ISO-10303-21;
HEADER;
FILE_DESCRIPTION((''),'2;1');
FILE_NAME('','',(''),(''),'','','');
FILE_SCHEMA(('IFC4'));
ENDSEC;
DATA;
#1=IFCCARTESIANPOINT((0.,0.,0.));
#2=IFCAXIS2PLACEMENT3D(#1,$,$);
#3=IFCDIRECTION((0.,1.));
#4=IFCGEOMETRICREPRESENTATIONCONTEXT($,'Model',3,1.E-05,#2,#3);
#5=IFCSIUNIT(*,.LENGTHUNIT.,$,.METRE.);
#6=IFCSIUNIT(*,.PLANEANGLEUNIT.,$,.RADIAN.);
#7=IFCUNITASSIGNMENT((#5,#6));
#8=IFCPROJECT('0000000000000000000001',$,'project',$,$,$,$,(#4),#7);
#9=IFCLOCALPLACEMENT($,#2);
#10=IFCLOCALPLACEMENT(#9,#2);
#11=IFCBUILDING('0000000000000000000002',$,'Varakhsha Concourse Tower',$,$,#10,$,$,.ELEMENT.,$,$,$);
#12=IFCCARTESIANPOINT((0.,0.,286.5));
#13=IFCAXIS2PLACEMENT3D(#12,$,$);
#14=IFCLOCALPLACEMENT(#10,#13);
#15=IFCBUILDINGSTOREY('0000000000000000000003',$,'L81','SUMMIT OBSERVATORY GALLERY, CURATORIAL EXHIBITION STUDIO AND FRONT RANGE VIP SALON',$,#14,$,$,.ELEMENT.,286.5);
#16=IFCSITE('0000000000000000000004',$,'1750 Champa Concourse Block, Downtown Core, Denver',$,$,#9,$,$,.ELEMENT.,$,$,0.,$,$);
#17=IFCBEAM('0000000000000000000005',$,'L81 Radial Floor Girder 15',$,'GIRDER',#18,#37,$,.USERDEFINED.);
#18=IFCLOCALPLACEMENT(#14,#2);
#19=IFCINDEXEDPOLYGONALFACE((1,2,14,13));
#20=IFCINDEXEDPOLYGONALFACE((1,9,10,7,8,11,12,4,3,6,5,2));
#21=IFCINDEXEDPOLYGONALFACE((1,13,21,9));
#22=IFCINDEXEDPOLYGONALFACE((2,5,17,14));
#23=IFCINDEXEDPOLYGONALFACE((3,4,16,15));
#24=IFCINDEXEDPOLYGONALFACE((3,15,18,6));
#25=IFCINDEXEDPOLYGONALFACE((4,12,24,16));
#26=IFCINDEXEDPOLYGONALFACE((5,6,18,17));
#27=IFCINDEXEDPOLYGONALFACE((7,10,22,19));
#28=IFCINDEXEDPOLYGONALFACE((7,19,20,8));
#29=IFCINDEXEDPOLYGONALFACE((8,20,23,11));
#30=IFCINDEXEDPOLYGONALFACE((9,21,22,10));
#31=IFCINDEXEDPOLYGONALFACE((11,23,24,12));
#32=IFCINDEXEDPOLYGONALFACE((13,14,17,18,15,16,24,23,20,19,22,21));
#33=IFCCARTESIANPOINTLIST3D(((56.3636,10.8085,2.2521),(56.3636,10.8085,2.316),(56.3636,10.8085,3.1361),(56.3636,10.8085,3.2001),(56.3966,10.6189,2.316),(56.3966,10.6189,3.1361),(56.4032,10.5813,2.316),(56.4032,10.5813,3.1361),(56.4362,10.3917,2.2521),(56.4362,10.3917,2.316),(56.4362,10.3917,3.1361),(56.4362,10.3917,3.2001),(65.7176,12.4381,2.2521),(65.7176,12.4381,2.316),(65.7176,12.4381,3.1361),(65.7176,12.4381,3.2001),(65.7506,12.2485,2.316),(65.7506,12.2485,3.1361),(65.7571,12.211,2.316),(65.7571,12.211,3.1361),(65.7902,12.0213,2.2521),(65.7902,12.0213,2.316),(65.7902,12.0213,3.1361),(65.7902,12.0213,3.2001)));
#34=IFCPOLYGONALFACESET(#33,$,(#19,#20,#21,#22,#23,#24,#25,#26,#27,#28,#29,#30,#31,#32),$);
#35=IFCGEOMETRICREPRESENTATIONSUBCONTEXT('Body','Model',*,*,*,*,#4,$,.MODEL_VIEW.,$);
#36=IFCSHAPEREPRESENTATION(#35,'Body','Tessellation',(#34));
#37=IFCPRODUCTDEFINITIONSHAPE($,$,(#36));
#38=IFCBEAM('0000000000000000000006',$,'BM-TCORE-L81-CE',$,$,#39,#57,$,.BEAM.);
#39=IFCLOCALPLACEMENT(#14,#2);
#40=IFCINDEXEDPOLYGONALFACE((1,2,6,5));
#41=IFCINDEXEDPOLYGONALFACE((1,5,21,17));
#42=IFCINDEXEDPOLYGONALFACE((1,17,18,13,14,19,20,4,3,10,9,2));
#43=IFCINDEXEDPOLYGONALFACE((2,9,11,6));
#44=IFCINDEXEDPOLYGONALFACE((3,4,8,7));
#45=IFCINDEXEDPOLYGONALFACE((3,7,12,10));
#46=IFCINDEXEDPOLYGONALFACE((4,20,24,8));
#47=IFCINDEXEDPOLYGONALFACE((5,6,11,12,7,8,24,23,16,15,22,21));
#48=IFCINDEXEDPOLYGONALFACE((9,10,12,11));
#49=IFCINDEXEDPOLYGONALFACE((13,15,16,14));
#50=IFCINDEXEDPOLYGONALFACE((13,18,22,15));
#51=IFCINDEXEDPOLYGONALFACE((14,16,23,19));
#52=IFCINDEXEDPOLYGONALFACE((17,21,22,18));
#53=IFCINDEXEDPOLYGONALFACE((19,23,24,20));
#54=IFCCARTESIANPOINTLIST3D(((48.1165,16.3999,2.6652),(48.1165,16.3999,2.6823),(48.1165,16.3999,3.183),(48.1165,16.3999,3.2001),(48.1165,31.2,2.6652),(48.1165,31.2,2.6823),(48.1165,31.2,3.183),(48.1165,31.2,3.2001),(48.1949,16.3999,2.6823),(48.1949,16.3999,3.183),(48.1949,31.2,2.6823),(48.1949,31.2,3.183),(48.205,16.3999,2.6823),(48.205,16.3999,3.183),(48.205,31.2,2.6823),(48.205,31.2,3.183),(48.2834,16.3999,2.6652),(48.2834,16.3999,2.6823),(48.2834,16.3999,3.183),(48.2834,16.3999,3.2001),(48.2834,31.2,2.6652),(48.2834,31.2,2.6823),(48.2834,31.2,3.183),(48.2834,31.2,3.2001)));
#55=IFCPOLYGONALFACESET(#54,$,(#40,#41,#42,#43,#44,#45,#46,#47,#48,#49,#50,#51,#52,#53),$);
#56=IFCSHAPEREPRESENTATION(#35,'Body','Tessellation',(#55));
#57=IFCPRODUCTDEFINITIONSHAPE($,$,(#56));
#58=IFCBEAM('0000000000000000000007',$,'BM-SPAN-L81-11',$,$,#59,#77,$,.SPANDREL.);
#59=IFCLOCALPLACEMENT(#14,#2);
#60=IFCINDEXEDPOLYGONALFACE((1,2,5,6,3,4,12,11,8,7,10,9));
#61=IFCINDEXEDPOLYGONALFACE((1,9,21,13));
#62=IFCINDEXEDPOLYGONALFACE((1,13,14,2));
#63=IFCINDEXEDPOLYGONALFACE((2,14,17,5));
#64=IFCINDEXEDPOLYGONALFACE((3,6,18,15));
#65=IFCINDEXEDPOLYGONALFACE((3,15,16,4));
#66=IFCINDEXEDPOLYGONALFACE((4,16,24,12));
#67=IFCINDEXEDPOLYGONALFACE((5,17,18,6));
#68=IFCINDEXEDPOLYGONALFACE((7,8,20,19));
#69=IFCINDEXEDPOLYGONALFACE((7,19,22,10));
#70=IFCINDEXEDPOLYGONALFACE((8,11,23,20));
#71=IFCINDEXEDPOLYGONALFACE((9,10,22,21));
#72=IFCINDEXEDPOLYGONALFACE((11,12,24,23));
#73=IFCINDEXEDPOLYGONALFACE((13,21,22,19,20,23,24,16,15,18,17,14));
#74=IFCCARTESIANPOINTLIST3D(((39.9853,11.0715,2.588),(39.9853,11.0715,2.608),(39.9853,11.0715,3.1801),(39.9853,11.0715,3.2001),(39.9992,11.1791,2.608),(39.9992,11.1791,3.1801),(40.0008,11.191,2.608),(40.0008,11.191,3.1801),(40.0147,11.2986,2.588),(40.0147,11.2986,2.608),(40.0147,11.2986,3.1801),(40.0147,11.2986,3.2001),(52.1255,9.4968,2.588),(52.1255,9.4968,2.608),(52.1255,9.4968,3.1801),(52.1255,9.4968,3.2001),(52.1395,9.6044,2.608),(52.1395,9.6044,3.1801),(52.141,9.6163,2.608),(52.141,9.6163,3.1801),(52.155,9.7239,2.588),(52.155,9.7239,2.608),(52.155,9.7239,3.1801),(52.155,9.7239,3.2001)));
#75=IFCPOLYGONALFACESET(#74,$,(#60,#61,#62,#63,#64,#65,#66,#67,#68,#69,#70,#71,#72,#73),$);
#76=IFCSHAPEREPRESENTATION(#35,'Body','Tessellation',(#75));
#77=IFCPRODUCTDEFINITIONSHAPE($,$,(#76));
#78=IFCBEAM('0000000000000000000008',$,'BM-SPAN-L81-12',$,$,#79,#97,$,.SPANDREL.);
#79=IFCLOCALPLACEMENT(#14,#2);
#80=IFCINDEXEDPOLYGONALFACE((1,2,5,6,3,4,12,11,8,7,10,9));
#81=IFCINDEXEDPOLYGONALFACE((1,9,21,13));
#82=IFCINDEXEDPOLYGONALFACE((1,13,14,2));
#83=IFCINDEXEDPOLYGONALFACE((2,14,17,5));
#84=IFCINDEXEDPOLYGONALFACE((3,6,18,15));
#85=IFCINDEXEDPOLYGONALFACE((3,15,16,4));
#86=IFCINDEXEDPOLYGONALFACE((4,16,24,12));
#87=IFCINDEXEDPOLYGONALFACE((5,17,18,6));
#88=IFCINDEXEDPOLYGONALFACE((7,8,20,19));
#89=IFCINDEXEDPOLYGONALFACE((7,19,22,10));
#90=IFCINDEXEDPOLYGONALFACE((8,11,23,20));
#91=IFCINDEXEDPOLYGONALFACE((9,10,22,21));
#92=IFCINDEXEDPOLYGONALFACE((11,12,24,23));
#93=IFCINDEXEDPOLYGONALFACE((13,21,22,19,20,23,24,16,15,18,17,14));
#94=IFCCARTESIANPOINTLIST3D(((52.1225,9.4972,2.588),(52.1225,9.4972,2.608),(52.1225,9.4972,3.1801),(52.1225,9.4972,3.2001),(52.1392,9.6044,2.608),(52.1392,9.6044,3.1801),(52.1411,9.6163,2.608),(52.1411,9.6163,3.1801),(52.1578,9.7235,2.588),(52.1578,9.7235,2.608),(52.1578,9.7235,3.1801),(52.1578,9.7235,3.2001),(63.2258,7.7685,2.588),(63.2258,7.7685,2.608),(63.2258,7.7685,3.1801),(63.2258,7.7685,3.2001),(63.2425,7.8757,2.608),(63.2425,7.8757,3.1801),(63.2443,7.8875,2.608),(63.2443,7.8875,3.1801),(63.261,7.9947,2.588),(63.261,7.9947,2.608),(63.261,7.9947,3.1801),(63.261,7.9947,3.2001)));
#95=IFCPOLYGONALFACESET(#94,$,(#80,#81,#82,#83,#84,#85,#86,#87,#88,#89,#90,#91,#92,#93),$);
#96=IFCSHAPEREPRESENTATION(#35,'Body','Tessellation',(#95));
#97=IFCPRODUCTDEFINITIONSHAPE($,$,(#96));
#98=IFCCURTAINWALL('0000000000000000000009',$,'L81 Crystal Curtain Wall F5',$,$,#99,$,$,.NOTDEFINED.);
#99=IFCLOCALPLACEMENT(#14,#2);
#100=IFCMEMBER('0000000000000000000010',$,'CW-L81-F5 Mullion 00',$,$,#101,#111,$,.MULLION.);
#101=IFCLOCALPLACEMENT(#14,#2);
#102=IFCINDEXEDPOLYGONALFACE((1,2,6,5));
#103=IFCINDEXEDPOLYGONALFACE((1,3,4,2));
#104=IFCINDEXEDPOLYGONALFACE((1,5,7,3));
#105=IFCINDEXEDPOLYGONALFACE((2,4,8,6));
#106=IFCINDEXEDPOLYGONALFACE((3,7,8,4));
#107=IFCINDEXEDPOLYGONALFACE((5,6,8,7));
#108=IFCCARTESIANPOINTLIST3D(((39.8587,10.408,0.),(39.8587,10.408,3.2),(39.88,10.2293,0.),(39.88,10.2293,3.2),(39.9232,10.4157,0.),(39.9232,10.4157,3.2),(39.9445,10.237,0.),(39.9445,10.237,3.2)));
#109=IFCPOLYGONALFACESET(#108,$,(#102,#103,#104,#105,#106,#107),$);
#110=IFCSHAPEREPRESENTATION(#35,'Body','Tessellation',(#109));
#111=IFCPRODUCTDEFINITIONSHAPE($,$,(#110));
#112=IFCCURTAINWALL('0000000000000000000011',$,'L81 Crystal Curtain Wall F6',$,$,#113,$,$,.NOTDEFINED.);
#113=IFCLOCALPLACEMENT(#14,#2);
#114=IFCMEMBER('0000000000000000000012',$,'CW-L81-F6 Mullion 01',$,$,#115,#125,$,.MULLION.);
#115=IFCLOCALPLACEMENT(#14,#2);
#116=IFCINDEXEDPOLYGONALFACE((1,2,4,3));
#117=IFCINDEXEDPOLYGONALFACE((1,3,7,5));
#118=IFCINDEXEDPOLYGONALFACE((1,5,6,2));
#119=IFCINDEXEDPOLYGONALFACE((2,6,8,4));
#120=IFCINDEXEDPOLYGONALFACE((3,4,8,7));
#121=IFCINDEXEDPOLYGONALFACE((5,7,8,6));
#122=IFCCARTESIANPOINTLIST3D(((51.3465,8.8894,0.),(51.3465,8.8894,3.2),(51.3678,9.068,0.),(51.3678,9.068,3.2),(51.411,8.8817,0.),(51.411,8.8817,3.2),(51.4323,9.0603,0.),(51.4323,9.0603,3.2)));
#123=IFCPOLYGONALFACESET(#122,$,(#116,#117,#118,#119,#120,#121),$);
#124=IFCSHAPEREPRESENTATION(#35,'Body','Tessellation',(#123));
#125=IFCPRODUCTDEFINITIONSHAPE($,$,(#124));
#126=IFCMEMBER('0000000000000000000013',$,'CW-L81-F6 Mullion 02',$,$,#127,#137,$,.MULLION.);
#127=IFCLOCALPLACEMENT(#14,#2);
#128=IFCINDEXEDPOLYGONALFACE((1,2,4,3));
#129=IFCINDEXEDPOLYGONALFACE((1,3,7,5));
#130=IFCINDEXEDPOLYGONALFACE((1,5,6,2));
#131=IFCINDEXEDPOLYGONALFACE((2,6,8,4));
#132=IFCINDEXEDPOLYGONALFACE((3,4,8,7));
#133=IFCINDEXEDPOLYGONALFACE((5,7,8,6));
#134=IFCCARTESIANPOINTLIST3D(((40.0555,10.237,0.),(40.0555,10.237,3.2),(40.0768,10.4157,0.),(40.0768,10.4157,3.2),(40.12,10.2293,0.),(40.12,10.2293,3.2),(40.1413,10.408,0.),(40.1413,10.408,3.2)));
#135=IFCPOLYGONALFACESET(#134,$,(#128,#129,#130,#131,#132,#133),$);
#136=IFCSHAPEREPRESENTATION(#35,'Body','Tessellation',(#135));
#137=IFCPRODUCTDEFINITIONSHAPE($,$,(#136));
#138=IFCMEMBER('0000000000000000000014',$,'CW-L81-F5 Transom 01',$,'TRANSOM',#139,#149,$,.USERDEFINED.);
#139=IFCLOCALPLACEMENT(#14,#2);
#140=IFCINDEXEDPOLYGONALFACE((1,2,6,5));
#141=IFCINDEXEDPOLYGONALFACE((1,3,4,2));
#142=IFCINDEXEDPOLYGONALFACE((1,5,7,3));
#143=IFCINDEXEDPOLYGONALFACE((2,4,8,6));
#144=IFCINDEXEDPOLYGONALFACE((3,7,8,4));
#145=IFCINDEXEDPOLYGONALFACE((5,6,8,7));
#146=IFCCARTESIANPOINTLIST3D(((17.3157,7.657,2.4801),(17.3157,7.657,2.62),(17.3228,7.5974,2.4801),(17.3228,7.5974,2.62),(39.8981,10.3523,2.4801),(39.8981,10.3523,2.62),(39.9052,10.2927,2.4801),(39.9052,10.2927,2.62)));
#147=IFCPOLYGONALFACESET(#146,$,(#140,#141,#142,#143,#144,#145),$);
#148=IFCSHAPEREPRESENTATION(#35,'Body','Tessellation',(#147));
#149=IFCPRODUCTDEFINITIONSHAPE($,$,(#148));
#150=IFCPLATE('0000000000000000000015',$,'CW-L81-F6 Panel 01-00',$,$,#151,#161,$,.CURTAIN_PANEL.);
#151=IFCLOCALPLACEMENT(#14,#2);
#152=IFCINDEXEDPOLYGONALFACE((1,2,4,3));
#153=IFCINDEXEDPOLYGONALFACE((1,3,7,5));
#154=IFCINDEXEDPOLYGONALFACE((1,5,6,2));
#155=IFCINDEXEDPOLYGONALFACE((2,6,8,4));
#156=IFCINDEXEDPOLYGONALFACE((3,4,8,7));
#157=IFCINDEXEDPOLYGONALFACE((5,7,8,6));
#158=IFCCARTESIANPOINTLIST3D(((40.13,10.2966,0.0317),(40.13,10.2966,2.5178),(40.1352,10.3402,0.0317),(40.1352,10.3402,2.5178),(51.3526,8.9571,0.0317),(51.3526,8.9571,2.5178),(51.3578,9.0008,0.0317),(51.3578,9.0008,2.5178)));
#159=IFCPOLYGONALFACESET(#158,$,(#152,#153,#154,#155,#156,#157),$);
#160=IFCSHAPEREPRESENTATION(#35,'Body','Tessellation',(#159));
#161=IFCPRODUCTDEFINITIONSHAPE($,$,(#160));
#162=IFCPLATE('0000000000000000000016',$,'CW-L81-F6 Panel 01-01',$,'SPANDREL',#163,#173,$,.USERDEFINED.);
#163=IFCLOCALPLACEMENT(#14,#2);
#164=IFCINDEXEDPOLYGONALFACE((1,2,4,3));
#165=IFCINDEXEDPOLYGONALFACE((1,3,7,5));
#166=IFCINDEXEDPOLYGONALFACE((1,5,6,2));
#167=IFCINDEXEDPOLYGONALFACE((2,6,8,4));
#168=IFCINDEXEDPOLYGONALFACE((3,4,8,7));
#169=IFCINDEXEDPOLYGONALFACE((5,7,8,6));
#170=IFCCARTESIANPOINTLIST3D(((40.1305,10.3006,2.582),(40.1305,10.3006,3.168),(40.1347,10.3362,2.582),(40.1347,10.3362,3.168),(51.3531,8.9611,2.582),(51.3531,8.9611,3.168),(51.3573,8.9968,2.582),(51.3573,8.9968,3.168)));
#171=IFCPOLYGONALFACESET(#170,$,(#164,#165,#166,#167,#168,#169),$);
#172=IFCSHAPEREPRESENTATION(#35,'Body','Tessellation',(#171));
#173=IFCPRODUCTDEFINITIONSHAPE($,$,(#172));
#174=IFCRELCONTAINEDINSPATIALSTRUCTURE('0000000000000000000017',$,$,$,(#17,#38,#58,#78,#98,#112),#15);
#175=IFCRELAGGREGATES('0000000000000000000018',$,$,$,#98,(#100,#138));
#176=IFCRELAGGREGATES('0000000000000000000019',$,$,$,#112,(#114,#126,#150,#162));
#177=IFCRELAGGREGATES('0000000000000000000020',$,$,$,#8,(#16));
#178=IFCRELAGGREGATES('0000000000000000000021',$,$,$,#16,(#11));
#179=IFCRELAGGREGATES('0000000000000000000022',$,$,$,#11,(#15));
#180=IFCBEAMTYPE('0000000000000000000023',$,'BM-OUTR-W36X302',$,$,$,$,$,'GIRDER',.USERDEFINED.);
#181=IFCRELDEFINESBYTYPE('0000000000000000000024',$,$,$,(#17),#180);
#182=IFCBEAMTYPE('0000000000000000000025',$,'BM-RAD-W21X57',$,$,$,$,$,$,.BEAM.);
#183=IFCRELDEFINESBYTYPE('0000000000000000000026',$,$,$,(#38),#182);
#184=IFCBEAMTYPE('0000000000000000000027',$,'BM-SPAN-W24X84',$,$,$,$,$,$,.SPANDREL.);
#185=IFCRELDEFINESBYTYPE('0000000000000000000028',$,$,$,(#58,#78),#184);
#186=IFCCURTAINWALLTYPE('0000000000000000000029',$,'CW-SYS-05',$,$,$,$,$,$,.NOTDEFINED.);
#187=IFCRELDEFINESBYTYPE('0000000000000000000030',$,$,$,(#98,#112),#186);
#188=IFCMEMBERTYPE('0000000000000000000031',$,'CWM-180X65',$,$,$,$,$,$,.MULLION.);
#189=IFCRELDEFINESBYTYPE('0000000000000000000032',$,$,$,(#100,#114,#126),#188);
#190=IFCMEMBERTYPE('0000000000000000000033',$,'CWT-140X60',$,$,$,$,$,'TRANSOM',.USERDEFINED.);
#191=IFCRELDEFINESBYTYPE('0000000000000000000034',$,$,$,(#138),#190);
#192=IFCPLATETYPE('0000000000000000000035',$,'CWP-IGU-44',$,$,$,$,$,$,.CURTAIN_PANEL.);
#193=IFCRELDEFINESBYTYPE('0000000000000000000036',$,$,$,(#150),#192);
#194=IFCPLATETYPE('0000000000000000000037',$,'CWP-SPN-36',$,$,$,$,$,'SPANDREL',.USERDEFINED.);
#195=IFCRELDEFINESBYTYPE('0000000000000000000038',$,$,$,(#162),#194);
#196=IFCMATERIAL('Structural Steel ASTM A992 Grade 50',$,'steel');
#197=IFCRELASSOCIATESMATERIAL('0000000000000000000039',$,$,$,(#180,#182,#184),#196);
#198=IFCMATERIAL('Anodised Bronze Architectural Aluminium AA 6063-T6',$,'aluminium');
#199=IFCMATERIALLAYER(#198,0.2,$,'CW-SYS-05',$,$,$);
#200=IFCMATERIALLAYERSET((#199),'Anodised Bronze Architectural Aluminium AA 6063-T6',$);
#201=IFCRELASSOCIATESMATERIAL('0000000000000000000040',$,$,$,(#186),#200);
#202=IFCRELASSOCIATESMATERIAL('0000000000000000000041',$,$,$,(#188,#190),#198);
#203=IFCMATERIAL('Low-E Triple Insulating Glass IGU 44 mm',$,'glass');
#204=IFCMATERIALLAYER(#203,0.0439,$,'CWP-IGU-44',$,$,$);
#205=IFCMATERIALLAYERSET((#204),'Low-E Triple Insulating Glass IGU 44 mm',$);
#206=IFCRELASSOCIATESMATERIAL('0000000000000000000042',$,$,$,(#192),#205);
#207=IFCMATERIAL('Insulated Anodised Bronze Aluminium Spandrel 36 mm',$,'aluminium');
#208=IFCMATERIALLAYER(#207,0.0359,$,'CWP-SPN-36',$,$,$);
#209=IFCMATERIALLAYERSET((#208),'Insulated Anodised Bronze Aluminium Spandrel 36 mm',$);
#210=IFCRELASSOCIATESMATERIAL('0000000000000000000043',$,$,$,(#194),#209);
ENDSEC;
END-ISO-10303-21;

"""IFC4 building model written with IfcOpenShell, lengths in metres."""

from ifc_helpers import new_model, si_unit, direction, frame, origin, origin_2d, place, context, subcontext, project, spatial, rectangle, i_section, extrude, source, transform, mapped, material, layer, layer_set, material_profile, profile_set, type_object, type_shapes, element, aggregate, save


model = new_model("IFC4")

# Units and contexts
model_context = context("Model", 3, precision=1e-05, world=origin(), true_north=direction((0.0, 1.0)))
body_context = subcontext(model_context, "Body", "Model", "MODEL_VIEW")
ifc_project = project(units=[si_unit("LENGTHUNIT", "METRE"), si_unit("PLANEANGLEUNIT", "RADIAN")], contexts=[model_context])

# Site, building, storey
site_placement = place(None, origin())
site = spatial("IfcSite", under=ifc_project, at=site_placement, Name="1750 Champa Concourse Block, Downtown Core, Denver", CompositionType="ELEMENT", RefElevation=0.0)
building_placement = place(site_placement, origin())
building = spatial("IfcBuilding", under=site, at=building_placement, Name="Varakhsha Concourse Tower", CompositionType="ELEMENT")
storey_placement = place(building_placement, frame((0.0, 0.0, 286.5)))
storey = spatial("IfcBuildingStorey", under=building, at=storey_placement, Name="L81", Description="SUMMIT OBSERVATORY GALLERY, CURATORIAL EXHIBITION STUDIO AND FRONT RANGE VIP SALON", CompositionType="ELEMENT", Elevation=286.5)

# Shared definitions
ifc_material_1 = material(Name="Structural Steel ASTM A992 Grade 50", Category="steel")

# Beams
ifc_material_profile_1 = material_profile(ifc_material_1, i_section(OverallWidth=0.4231, OverallDepth=0.948, WebThickness=0.0381, FlangeThickness=0.064, at=origin_2d()), Name="W36X302")
ifc_profile_set_1 = profile_set([ifc_material_profile_1], Name="Structural Steel ASTM A992 Grade 50")
beam_type_1 = type_object("IfcBeamType", Name="BM-OUTR-W36X302", ElementType="GIRDER", PredefinedType="USERDEFINED", material=ifc_profile_set_1)
beam_1_placement = place(storey_placement, frame((56.3999, 10.6001, 2.7261), z_axis=(0.985161, 0.171633, 0.0), x_axis=(-0.171633, 0.985161, 0.0)))
element("IfcBeam", 1, at=beam_1_placement, inside=storey, type_object=beam_type_1, Name="L81 Radial Floor Girder 15", ObjectType="GIRDER", PredefinedType="USERDEFINED", context=body_context, shape_type="SweptSolid", body=[
    extrude(i_section(OverallWidth=0.4231, OverallDepth=0.948, WebThickness=0.0381, FlangeThickness=0.064, at=origin_2d()), origin(), (0.0, 0.0, 1.0), 9.4949),
])
ifc_material_profile_2 = material_profile(ifc_material_1, i_section(OverallWidth=0.167, OverallDepth=0.5349, WebThickness=0.01, FlangeThickness=0.0171, at=origin_2d()), Name="W21X57")
ifc_profile_set_2 = profile_set([ifc_material_profile_2], Name="Structural Steel ASTM A992 Grade 50")
beam_type_2 = type_object("IfcBeamType", Name="BM-RAD-W21X57", PredefinedType="BEAM", material=ifc_profile_set_2)
beam_2_placement = place(storey_placement, frame((48.2, 16.3999, 2.9326), z_axis=(0.0, 1.0, 0.0), x_axis=(-1.0, 0.0, 0.0)))
element("IfcBeam", 2, at=beam_2_placement, inside=storey, type_object=beam_type_2, Name="BM-TCORE-L81-CE", PredefinedType="BEAM", context=body_context, shape_type="SweptSolid", body=[
    extrude(i_section(OverallWidth=0.167, OverallDepth=0.5349, WebThickness=0.01, FlangeThickness=0.0171, at=origin_2d()), origin(), (0.0, 0.0, 1.0), 14.8),
])
ifc_material_profile_3 = material_profile(ifc_material_1, i_section(OverallWidth=0.229, OverallDepth=0.6121, WebThickness=0.012, FlangeThickness=0.02, at=origin_2d()), Name="W24X84")
ifc_profile_set_3 = profile_set([ifc_material_profile_3], Name="Structural Steel ASTM A992 Grade 50")
beam_type_3 = type_object("IfcBeamType", Name="BM-SPAN-W24X84", PredefinedType="SPANDREL", material=ifc_profile_set_3)
beam_3_placement = place(storey_placement, frame((40.0, 11.1851, 2.894), z_axis=(0.991692, -0.128633, 0.0), x_axis=(0.128633, 0.991692, 0.0)))
element("IfcBeam", 3, at=beam_3_placement, inside=storey, type_object=beam_type_3, Name="BM-SPAN-L81-11", PredefinedType="SPANDREL", context=body_context, shape_type="SweptSolid", body=[
    extrude(i_section(OverallWidth=0.229, OverallDepth=0.6121, WebThickness=0.012, FlangeThickness=0.02, at=origin_2d()), origin(), (0.0, 0.0, 1.0), 12.2419),
])
beam_4_placement = place(storey_placement, frame((52.1401, 9.6104, 2.894), z_axis=(0.988095, -0.153845, 0.0), x_axis=(0.153845, 0.988095, 0.0)))
element("IfcBeam", 4, at=beam_4_placement, inside=storey, type_object=beam_type_3, Name="BM-SPAN-L81-12", PredefinedType="SPANDREL", context=body_context, shape_type="SweptSolid", body=[
    extrude(i_section(OverallWidth=0.229, OverallDepth=0.6121, WebThickness=0.012, FlangeThickness=0.02, at=origin_2d()), origin(), (0.0, 0.0, 1.0), 11.2371),
])

# Curtain wall, member
ifc_material_2 = material(Name="Anodised Bronze Architectural Aluminium AA 6063-T6", Category="aluminium")
ifc_layer_1 = layer(ifc_material_2, 0.2, Name="CW-SYS-05")
ifc_layer_set_1 = layer_set([ifc_layer_1], Name="Anodised Bronze Architectural Aluminium AA 6063-T6")
curtain_wall_type = type_object("IfcCurtainWallType", Name="CW-SYS-05", PredefinedType="NOTDEFINED", material=ifc_layer_set_1)
curtain_wall_1_placement = place(storey_placement, origin())
curtain_wall_1 = element("IfcCurtainWall", 5, at=curtain_wall_1_placement, inside=storey, type_object=curtain_wall_type, Name="L81 Crystal Curtain Wall F5", PredefinedType="NOTDEFINED")
ifc_material_profile_4 = material_profile(ifc_material_2, rectangle(XDim=0.0649, YDim=0.1799, at=origin_2d()), Name="CWM-180X65")
ifc_profile_set_4 = profile_set([ifc_material_profile_4], Name="Anodised Bronze Architectural Aluminium AA 6063-T6")
member_type_1 = type_object("IfcMemberType", Name="CWM-180X65", PredefinedType="MULLION", material=ifc_profile_set_4)
shared_shape_1 = source(origin(), body_context, "Body", "SweptSolid", [
    extrude(rectangle(XDim=0.0649, YDim=0.1799, at=origin_2d()), origin(), (0.0, 0.0, 1.0), 3.2),
])
type_shapes(member_type_1, [shared_shape_1])
member_1_placement = place(storey_placement, frame((39.9016, 10.3225, 0.0), z_axis=(0.0, 0.0, 1.0), x_axis=(-0.992952, -0.118513, 0.0)))
member_1 = element("IfcMember", 6, at=member_1_placement, type_object=member_type_1, Name="CW-L81-F5 Mullion 00", PredefinedType="MULLION", context=body_context, shape_type="MappedRepresentation", body=[
    mapped(shared_shape_1, transform((0.0, 0.0, 0.0), scale=1.0)),
])

# Curtain wall, members
curtain_wall_2_placement = place(storey_placement, origin())
curtain_wall_2 = element("IfcCurtainWall", 7, at=curtain_wall_2_placement, inside=storey, type_object=curtain_wall_type, Name="L81 Crystal Curtain Wall F6", PredefinedType="NOTDEFINED")
member_2_placement = place(storey_placement, frame((51.3894, 8.9749, 0.0), z_axis=(0.0, 0.0, 1.0), x_axis=(-0.992952, 0.118513, 0.0)))
member_2 = element("IfcMember", 8, at=member_2_placement, type_object=member_type_1, Name="CW-L81-F6 Mullion 01", PredefinedType="MULLION", context=body_context, shape_type="MappedRepresentation", body=[
    mapped(shared_shape_1, transform((0.0, 0.0, 0.0), scale=1.0)),
])
member_3_placement = place(storey_placement, frame((40.0984, 10.3225, 0.0), z_axis=(0.0, 0.0, 1.0), x_axis=(-0.992952, 0.118513, 0.0)))
member_3 = element("IfcMember", 9, at=member_3_placement, type_object=member_type_1, Name="CW-L81-F6 Mullion 02", PredefinedType="MULLION", context=body_context, shape_type="MappedRepresentation", body=[
    mapped(shared_shape_1, transform((0.0, 0.0, 0.0), scale=1.0)),
])

# Member
ifc_material_profile_5 = material_profile(ifc_material_2, rectangle(XDim=0.0601, YDim=0.1399, at=origin_2d()), Name="CWT-140X60")
ifc_profile_set_5 = profile_set([ifc_material_profile_5], Name="Anodised Bronze Architectural Aluminium AA 6063-T6")
member_type_2 = type_object("IfcMemberType", Name="CWT-140X60", ElementType="TRANSOM", PredefinedType="USERDEFINED", material=ifc_profile_set_5)
shared_shape_2 = source(origin(), body_context, "Body", "SweptSolid", [
    extrude(rectangle(XDim=0.0601, YDim=0.1399, at=origin_2d()), origin(), (0.0, 0.0, 1.0), 22.7427),
])
type_shapes(member_type_2, [shared_shape_2])
member_4_placement = place(storey_placement, frame((39.9016, 10.3225, 2.55), z_axis=(-0.992952, -0.118514, 0.0), x_axis=(0.118514, -0.992952, 0.0)))
member_4 = element("IfcMember", 10, at=member_4_placement, type_object=member_type_2, Name="CW-L81-F5 Transom 01", ObjectType="TRANSOM", PredefinedType="USERDEFINED", context=body_context, shape_type="MappedRepresentation", body=[
    mapped(shared_shape_2, transform((0.0, 0.0, 0.0), scale=1.0)),
])
aggregate(curtain_wall_1, [member_1, member_4])

# Plates
ifc_material_3 = material(Name="Low-E Triple Insulating Glass IGU 44 mm", Category="glass")
ifc_layer_2 = layer(ifc_material_3, 0.0439, Name="CWP-IGU-44")
ifc_layer_set_2 = layer_set([ifc_layer_2], Name="Low-E Triple Insulating Glass IGU 44 mm")
plate_type_1 = type_object("IfcPlateType", Name="CWP-IGU-44", PredefinedType="CURTAIN_PANEL", material=ifc_layer_set_2)
shared_shape_3 = source(origin(), body_context, "Body", "SweptSolid", [
    extrude(rectangle(XDim=11.3022, YDim=0.0439, at=origin_2d()), origin(), (0.0, 0.0, 1.0), 2.4861),
])
type_shapes(plate_type_1, [shared_shape_3])
plate_1_placement = place(storey_placement, frame((45.7439, 9.6487, 0.0317), z_axis=(0.0, 0.0, 1.0), x_axis=(-0.992952, 0.118513, 0.0)))
plate_1 = element("IfcPlate", 11, at=plate_1_placement, type_object=plate_type_1, Name="CW-L81-F6 Panel 01-00", PredefinedType="CURTAIN_PANEL", context=body_context, shape_type="MappedRepresentation", body=[
    mapped(shared_shape_3, transform((0.0, 0.0, 0.0), scale=1.0)),
])
ifc_material_4 = material(Name="Insulated Anodised Bronze Aluminium Spandrel 36 mm", Category="aluminium")
ifc_layer_3 = layer(ifc_material_4, 0.0359, Name="CWP-SPN-36")
ifc_layer_set_3 = layer_set([ifc_layer_3], Name="Insulated Anodised Bronze Aluminium Spandrel 36 mm")
plate_type_2 = type_object("IfcPlateType", Name="CWP-SPN-36", ElementType="SPANDREL", PredefinedType="USERDEFINED", material=ifc_layer_set_3)
shared_shape_4 = source(origin(), body_context, "Body", "SweptSolid", [
    extrude(rectangle(XDim=11.3022, YDim=0.0359, at=origin_2d()), origin(), (0.0, 0.0, 1.0), 0.5859),
])
type_shapes(plate_type_2, [shared_shape_4])
plate_2_placement = place(storey_placement, frame((45.7439, 9.6487, 2.582), z_axis=(0.0, 0.0, 1.0), x_axis=(-0.992952, 0.118513, 0.0)))
plate_2 = element("IfcPlate", 12, at=plate_2_placement, type_object=plate_type_2, Name="CW-L81-F6 Panel 01-01", ObjectType="SPANDREL", PredefinedType="USERDEFINED", context=body_context, shape_type="MappedRepresentation", body=[
    mapped(shared_shape_4, transform((0.0, 0.0, 0.0), scale=1.0)),
])
aggregate(curtain_wall_2, [member_2, member_3, plate_1, plate_2])

save(model, "model.ifc")
